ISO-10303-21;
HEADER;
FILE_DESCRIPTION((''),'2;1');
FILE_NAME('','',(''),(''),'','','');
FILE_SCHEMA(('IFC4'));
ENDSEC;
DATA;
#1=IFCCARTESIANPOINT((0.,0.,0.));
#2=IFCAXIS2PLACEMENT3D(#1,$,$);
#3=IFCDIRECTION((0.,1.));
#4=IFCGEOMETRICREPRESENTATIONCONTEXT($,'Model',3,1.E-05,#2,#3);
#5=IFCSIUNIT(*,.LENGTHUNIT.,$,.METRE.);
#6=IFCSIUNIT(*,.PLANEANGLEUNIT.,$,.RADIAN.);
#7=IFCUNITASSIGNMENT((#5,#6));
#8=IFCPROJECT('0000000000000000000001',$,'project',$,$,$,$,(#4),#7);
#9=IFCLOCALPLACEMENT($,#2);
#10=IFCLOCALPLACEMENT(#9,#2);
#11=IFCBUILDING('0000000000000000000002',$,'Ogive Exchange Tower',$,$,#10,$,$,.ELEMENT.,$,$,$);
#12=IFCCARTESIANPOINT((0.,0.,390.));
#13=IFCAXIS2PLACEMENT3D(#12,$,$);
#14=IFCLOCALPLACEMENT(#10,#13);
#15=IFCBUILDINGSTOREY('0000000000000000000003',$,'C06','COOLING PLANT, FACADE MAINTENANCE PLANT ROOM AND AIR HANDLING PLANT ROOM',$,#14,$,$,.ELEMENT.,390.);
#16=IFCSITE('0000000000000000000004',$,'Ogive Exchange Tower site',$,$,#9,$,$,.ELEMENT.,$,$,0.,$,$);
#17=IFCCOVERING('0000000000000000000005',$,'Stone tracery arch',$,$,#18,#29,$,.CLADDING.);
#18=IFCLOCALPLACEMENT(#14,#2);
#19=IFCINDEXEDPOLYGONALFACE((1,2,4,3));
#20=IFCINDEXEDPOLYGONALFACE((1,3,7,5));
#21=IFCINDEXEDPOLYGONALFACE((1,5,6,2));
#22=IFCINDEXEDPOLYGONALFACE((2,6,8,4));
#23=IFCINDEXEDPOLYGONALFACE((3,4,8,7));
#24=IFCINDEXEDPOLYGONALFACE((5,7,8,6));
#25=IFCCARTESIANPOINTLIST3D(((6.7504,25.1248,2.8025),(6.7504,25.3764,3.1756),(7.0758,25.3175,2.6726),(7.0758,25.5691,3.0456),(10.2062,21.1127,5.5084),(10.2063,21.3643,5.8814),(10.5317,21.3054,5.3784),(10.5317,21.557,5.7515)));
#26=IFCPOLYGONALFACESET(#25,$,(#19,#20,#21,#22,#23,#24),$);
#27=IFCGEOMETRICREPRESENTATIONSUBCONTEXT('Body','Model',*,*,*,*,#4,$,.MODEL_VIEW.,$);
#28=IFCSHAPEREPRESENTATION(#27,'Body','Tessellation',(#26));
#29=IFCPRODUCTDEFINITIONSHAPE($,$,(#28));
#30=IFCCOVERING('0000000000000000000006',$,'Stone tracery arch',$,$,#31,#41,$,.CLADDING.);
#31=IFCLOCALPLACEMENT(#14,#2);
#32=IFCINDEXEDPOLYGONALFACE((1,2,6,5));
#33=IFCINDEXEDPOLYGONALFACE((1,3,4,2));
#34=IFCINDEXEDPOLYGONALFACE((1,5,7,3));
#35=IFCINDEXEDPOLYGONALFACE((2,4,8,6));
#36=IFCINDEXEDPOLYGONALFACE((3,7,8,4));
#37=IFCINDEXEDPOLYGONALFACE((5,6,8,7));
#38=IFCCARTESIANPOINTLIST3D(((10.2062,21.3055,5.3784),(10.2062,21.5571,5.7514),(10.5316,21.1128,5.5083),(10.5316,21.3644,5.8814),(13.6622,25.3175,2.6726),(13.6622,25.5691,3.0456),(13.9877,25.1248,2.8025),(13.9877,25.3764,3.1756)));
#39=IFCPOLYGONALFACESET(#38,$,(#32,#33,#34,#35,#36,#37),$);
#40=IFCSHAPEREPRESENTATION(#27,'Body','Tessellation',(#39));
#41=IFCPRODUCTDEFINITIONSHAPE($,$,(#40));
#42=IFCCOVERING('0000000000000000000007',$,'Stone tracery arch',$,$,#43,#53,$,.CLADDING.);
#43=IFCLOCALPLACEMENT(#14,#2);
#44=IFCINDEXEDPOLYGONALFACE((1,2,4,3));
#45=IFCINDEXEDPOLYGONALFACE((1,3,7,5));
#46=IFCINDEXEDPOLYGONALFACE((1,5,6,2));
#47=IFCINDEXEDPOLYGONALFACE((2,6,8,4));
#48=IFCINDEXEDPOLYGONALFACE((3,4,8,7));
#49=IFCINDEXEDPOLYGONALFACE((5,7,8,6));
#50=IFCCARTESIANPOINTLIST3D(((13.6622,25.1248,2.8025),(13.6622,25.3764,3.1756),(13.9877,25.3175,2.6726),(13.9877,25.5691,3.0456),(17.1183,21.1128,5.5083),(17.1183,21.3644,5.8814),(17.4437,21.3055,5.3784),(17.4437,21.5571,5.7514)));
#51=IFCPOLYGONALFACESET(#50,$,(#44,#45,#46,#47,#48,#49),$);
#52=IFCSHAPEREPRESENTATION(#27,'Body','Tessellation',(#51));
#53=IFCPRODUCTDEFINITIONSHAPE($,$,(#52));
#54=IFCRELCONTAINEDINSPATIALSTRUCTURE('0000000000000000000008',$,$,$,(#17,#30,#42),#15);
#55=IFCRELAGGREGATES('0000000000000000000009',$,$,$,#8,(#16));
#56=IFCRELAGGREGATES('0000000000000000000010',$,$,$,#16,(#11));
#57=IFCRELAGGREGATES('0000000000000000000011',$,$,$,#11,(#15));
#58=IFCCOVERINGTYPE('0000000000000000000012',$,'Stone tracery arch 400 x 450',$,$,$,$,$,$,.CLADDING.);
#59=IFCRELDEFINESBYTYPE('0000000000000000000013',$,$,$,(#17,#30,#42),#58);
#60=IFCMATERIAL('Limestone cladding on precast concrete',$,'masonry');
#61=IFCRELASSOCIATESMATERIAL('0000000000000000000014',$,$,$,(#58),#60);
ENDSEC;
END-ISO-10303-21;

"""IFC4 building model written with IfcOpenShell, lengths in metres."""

from ifc_helpers import new_model, si_unit, direction, frame, origin, origin_2d, place, context, subcontext, project, spatial, rectangle, extrude, material, material_profile, profile_set, type_object, element, save


model = new_model("IFC4")

# Units and contexts
model_context = context("Model", 3, precision=1e-05, world=origin(), true_north=direction((0.0, 1.0)))
body_context = subcontext(model_context, "Body", "Model", "MODEL_VIEW")
ifc_project = project(units=[si_unit("LENGTHUNIT", "METRE"), si_unit("PLANEANGLEUNIT", "RADIAN")], contexts=[model_context])

# Site, building, storey
site_placement = place(None, origin())
site = spatial("IfcSite", under=ifc_project, at=site_placement, Name="Ogive Exchange Tower site", CompositionType="ELEMENT", RefElevation=0.0)
building_placement = place(site_placement, origin())
building = spatial("IfcBuilding", under=site, at=building_placement, Name="Ogive Exchange Tower", CompositionType="ELEMENT")
storey_placement = place(building_placement, frame((0.0, 0.0, 390.0)))
storey = spatial("IfcBuildingStorey", under=building, at=storey_placement, Name="C06", Description="COOLING PLANT, FACADE MAINTENANCE PLANT ROOM AND AIR HANDLING PLANT ROOM", CompositionType="ELEMENT", Elevation=390.0)

# Coverings
ifc_material_1 = material(Name="Limestone cladding on precast concrete", Category="masonry")
ifc_material_profile_1 = material_profile(ifc_material_1, rectangle(XDim=0.3999, YDim=0.45, at=origin_2d()), Name="TRACERY 400 x 450")
ifc_profile_set_1 = profile_set([ifc_material_profile_1], Name="Limestone cladding on precast concrete")
covering_type_1 = type_object("IfcCoveringType", Name="Stone tracery arch 400 x 450", PredefinedType="CLADDING", material=ifc_profile_set_1)
for number, where, z_axis, x_axis, name in (
    (1, (6.9131, 25.3469, 2.9241), (0.581158, -0.674686, 0.455032), (0.81379, 0.481798, -0.324986), "Stone tracery arch"),
    (2, (13.825, 25.3469, 2.9241), (-0.581186, -0.67467, 0.455021), (0.813771, -0.481829, 0.324988), "Stone tracery arch"),
    (3, (13.825, 25.3469, 2.9241), (0.581186, -0.67467, 0.455021), (0.813771, 0.481829, -0.324988), "Stone tracery arch"),
):
    element("IfcCovering", number, at=place(storey_placement, frame(where, z_axis=z_axis, x_axis=x_axis)), inside=storey, type_object=covering_type_1, Name=name, PredefinedType="CLADDING", context=body_context, shape_type="SweptSolid", body=[
        extrude(rectangle(XDim=0.3999, YDim=0.45, at=origin_2d()), origin(), (0.0, 0.0, 1.0), 5.9465),
    ])

save(model, "model.ifc")
